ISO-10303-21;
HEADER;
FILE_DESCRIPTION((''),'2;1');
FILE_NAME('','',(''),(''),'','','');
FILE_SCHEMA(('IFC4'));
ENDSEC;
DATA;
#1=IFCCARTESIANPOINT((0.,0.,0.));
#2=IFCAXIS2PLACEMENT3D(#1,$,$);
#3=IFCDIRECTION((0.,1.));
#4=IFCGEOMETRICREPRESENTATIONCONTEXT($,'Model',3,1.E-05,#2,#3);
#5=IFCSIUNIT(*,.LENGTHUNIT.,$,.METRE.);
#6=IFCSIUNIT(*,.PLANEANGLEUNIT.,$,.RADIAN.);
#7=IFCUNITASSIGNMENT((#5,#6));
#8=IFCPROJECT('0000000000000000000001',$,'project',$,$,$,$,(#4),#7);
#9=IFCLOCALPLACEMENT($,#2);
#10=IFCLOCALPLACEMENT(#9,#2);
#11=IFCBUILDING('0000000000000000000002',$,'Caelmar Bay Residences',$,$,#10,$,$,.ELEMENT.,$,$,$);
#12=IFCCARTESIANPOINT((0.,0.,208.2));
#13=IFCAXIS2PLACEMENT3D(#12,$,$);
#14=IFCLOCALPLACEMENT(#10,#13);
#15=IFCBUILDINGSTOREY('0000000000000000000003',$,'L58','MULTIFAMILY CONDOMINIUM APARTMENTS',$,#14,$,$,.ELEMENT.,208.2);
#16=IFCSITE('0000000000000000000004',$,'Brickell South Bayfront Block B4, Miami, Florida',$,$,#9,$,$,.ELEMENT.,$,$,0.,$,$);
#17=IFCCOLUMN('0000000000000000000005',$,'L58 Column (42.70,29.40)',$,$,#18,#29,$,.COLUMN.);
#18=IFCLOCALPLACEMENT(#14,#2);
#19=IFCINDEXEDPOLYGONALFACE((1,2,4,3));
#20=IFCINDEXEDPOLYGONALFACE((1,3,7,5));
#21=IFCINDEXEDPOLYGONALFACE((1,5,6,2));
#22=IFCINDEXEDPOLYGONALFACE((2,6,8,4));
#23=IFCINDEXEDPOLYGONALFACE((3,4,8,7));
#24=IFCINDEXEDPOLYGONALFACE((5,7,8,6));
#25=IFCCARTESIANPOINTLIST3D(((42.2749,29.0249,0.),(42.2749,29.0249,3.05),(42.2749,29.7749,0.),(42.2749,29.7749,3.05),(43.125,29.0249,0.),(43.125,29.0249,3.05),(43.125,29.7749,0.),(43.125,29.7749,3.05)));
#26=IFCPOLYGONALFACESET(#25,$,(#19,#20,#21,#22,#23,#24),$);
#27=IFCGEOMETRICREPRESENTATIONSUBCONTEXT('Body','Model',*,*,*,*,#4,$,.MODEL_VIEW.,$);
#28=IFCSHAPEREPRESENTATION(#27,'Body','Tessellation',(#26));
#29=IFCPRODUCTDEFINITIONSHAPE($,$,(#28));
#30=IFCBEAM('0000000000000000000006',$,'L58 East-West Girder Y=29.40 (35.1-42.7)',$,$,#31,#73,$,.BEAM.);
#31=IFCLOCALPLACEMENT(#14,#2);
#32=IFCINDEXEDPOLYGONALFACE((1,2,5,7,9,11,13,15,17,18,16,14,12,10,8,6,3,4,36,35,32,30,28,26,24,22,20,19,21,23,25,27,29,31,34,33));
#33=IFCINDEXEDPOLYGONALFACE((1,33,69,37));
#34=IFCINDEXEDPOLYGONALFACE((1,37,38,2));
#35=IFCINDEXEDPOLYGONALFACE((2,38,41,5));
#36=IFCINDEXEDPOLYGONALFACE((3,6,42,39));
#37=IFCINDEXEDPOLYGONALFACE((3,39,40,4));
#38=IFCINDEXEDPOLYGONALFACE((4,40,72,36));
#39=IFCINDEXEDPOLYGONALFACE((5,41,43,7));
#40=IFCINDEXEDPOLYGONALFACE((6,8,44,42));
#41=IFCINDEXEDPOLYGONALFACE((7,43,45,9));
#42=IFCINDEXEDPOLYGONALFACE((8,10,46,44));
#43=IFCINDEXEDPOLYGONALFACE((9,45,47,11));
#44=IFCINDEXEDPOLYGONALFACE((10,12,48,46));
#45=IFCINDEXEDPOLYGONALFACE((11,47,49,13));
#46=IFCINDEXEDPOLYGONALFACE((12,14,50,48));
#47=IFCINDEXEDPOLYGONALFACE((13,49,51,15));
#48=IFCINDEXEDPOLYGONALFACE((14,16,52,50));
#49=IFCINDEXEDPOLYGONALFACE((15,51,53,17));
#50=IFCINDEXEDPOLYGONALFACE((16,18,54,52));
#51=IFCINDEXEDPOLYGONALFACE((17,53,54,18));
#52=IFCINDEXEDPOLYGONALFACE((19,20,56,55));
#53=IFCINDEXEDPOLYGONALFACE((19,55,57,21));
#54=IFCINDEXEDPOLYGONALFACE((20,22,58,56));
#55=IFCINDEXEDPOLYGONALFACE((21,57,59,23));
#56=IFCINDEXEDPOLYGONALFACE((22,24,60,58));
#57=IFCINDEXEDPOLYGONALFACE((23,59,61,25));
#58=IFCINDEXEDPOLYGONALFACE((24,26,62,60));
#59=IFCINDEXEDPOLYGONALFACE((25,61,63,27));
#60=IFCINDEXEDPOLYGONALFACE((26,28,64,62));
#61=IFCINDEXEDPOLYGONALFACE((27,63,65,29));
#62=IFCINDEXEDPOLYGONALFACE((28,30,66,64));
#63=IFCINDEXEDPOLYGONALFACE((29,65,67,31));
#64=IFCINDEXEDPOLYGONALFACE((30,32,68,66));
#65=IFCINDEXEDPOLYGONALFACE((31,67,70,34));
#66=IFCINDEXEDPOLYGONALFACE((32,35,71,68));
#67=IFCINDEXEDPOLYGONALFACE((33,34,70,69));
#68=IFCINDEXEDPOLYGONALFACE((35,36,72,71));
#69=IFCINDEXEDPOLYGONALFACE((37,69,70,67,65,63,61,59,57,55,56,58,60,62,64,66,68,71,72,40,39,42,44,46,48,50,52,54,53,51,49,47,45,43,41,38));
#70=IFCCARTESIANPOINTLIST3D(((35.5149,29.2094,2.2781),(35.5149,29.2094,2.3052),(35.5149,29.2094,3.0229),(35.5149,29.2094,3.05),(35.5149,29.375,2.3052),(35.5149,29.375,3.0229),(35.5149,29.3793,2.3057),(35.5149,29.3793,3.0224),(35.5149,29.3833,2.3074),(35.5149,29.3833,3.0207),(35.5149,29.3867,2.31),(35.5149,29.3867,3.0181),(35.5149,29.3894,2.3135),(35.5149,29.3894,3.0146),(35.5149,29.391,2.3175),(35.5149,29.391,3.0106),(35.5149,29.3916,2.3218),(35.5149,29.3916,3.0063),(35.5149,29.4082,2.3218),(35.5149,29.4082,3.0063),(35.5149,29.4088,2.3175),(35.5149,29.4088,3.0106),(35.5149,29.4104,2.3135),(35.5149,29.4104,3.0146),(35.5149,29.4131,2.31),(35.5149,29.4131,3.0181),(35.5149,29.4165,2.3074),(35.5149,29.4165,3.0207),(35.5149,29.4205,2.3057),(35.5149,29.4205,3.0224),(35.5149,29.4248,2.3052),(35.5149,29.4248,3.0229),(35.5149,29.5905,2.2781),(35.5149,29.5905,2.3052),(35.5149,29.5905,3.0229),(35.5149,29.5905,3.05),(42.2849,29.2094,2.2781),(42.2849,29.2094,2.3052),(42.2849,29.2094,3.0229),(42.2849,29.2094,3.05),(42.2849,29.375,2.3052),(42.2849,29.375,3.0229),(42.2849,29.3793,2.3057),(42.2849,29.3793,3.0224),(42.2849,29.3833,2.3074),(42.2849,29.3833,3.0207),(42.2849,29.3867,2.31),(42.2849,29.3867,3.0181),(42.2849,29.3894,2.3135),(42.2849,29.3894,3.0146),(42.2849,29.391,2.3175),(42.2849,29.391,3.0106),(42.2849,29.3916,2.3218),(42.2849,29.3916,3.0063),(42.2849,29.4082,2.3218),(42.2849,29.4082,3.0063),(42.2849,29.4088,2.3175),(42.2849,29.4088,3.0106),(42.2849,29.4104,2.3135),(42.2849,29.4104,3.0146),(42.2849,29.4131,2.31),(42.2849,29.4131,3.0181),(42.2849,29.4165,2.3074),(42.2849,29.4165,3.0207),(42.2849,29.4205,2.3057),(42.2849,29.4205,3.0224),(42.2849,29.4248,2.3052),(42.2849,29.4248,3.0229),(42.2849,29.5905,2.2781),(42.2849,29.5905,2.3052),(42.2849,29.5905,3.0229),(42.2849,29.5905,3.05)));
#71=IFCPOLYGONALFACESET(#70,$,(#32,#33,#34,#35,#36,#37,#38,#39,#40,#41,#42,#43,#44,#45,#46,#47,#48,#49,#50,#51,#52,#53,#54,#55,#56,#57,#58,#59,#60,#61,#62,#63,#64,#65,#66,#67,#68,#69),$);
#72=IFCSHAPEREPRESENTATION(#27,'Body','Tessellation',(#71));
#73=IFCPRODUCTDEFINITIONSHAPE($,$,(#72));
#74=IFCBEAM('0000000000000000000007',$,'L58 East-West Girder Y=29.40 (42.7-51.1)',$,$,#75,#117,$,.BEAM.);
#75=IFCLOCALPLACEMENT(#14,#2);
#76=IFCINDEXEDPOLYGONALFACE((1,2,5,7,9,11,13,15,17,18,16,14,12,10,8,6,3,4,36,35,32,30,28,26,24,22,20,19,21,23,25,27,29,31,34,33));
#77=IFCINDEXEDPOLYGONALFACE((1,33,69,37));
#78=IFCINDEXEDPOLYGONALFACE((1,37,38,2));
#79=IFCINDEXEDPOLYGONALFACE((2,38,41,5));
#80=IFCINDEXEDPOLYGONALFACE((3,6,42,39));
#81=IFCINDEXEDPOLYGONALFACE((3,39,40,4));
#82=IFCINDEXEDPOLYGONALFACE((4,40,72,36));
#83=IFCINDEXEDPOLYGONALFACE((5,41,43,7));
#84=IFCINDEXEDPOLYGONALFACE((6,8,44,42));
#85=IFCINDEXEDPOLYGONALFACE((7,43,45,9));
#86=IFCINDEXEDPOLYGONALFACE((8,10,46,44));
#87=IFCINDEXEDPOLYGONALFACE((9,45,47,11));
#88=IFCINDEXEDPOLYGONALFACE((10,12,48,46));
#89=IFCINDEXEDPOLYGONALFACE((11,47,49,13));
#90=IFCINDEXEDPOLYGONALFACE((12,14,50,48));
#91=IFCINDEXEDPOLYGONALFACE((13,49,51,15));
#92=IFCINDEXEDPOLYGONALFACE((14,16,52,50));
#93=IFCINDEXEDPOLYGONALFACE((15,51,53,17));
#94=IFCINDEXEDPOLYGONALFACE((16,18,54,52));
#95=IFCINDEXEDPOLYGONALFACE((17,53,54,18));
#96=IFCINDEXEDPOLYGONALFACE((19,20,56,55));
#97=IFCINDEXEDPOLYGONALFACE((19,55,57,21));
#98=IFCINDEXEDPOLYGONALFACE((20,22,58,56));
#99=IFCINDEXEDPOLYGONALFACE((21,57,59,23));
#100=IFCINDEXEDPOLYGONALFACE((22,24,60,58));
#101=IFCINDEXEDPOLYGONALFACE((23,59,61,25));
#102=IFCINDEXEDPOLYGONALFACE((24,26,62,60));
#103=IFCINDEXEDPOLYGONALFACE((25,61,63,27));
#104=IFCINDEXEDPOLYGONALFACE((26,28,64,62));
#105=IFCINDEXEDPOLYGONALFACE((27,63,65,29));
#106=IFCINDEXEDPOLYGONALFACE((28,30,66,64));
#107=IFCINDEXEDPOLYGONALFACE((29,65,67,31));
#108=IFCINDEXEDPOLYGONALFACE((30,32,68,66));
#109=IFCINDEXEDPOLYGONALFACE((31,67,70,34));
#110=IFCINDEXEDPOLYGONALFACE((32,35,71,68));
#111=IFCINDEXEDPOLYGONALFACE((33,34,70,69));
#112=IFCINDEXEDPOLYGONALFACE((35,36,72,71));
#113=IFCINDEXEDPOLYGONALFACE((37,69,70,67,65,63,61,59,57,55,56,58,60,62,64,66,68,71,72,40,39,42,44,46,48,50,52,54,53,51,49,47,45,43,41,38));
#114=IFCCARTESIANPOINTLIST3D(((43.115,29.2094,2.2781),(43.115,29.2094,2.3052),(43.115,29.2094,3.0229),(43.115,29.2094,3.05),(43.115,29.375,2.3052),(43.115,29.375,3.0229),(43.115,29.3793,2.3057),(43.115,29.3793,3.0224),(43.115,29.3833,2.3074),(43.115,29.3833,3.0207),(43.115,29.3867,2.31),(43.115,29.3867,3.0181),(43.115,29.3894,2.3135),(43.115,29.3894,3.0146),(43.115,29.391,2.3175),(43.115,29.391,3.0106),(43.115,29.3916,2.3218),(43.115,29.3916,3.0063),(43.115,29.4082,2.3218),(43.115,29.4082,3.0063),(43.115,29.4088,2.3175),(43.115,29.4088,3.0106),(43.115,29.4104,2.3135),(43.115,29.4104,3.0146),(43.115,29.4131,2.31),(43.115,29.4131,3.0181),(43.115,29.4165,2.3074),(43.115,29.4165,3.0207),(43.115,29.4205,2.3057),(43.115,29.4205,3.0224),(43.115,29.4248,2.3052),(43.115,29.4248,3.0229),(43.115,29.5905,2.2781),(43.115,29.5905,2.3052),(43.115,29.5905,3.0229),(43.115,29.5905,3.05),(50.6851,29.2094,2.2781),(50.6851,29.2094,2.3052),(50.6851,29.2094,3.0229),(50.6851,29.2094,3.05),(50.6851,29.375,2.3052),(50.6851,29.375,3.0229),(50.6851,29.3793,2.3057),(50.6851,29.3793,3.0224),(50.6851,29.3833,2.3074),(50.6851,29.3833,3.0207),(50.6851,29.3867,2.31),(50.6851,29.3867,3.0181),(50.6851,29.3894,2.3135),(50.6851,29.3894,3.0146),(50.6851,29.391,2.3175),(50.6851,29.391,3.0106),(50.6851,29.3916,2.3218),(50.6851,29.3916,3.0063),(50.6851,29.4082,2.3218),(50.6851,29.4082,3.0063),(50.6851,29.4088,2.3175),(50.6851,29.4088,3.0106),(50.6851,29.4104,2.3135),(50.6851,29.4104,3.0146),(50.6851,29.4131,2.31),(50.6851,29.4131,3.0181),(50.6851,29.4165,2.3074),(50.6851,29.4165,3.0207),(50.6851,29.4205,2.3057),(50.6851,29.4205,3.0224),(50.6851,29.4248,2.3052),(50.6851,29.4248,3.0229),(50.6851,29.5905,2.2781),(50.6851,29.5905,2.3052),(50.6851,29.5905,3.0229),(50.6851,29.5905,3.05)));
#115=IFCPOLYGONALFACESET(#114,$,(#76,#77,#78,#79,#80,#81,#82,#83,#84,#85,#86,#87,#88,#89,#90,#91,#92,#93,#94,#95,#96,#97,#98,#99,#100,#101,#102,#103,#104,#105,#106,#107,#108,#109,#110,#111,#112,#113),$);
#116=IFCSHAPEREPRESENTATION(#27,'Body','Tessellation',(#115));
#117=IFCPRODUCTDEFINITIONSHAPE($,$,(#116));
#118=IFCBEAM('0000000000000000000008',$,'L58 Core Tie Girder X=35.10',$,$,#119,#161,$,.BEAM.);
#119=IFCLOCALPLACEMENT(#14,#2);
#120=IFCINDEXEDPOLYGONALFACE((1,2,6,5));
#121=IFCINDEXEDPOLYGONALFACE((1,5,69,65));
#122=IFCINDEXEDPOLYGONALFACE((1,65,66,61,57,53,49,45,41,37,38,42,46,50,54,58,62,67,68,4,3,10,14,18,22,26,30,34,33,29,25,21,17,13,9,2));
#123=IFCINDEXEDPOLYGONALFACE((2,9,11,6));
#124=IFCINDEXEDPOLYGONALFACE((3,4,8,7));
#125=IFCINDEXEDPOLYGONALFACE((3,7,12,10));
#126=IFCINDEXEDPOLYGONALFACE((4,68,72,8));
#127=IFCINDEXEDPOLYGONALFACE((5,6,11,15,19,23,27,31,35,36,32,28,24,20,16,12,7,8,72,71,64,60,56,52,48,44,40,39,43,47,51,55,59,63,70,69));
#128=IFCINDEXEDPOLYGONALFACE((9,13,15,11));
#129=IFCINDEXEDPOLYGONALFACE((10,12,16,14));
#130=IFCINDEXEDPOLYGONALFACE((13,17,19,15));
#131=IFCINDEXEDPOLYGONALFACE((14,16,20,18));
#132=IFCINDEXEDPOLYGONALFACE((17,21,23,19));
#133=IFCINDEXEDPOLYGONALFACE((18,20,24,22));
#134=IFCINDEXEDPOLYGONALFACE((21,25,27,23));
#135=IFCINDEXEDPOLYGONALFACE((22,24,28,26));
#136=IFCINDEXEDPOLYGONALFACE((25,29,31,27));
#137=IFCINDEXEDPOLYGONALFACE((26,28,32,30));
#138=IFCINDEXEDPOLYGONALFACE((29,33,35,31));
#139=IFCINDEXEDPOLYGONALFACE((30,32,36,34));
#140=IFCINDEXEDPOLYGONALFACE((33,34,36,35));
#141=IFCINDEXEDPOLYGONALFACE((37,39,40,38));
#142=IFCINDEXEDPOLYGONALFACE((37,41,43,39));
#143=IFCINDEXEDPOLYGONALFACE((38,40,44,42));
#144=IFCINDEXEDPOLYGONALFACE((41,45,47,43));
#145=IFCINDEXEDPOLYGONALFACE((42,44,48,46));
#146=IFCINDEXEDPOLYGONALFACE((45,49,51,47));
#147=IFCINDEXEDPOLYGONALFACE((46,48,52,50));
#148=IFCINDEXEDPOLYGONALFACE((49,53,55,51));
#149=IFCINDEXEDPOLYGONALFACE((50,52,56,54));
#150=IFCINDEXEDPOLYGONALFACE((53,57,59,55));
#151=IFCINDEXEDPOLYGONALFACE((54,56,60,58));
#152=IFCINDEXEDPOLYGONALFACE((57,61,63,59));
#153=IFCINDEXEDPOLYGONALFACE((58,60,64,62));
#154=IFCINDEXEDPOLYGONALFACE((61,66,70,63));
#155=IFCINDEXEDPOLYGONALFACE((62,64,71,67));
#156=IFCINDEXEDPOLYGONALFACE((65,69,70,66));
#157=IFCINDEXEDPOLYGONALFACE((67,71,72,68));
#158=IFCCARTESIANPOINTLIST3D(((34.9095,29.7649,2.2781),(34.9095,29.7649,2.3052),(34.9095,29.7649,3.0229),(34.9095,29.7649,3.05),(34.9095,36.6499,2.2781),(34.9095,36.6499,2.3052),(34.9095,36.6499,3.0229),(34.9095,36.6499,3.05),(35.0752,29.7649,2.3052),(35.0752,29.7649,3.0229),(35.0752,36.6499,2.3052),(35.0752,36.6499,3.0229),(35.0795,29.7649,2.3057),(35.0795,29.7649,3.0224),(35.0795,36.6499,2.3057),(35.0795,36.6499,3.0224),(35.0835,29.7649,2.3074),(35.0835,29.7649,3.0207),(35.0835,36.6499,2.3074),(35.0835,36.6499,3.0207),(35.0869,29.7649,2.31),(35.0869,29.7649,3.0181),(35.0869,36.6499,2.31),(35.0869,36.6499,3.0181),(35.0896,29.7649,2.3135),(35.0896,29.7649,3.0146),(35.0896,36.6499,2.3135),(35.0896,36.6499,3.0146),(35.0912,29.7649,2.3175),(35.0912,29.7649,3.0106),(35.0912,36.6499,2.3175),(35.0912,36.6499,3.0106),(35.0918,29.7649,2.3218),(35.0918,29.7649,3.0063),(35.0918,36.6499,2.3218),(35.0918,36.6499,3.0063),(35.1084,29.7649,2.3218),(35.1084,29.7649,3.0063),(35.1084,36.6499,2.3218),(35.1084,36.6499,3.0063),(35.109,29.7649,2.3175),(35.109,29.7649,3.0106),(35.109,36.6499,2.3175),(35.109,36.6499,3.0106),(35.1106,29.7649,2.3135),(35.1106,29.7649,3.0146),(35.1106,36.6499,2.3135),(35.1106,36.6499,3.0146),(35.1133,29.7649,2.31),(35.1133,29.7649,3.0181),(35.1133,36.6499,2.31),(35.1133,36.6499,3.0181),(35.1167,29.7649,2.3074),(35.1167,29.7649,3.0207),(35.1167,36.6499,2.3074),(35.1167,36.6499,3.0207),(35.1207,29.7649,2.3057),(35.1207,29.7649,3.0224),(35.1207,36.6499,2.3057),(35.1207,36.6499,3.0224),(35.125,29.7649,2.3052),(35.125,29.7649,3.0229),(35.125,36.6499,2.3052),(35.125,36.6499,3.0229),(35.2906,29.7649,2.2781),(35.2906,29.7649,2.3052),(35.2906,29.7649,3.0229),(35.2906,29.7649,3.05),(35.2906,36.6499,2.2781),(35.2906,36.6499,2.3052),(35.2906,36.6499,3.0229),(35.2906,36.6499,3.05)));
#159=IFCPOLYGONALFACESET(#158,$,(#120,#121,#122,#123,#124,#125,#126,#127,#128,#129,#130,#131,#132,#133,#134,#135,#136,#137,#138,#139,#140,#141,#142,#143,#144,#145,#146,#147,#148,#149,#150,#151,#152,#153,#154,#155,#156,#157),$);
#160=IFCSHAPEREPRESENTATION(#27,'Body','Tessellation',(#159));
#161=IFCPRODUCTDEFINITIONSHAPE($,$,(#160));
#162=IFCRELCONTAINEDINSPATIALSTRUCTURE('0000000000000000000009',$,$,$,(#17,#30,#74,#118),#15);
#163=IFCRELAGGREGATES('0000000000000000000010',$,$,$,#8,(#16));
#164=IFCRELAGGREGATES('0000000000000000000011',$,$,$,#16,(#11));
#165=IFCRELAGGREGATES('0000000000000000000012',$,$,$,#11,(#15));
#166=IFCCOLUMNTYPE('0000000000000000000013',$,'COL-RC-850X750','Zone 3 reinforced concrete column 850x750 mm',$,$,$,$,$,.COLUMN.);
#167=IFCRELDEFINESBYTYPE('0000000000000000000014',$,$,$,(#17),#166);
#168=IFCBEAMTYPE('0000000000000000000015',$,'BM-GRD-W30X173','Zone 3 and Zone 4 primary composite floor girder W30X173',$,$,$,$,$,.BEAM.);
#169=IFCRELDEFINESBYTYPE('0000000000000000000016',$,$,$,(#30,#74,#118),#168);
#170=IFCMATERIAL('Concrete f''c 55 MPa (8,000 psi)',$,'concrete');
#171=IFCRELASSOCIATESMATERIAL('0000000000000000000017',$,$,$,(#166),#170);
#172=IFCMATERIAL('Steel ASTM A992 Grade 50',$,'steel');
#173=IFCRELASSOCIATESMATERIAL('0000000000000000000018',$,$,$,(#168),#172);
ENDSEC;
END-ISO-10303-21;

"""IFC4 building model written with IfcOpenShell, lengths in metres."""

from ifc_helpers import new_model, si_unit, direction, frame, origin, origin_2d, place, context, subcontext, project, spatial, rectangle, i_section, extrude, material, material_profile, profile_set, type_object, element, save


model = new_model("IFC4")

# Units and contexts
model_context = context("Model", 3, precision=1e-05, world=origin(), true_north=direction((0.0, 1.0)))
body_context = subcontext(model_context, "Body", "Model", "MODEL_VIEW")
ifc_project = project(units=[si_unit("LENGTHUNIT", "METRE"), si_unit("PLANEANGLEUNIT", "RADIAN")], contexts=[model_context])

# Site, building, storey
site_placement = place(None, origin())
site = spatial("IfcSite", under=ifc_project, at=site_placement, Name="Brickell South Bayfront Block B4, Miami, Florida", CompositionType="ELEMENT", RefElevation=0.0)
building_placement = place(site_placement, origin())
building = spatial("IfcBuilding", under=site, at=building_placement, Name="Caelmar Bay Residences", CompositionType="ELEMENT")
storey_placement = place(building_placement, frame((0.0, 0.0, 208.2)))
storey = spatial("IfcBuildingStorey", under=building, at=storey_placement, Name="L58", Description="MULTIFAMILY CONDOMINIUM APARTMENTS", CompositionType="ELEMENT", Elevation=208.2)

# Column
ifc_material_1 = material(Name="Concrete f'c 55 MPa (8,000 psi)", Category="concrete")
ifc_material_profile_1 = material_profile(ifc_material_1, rectangle(XDim=0.8501, YDim=0.75, at=origin_2d()), Name="RC-COL-850X750")
ifc_profile_set_1 = profile_set([ifc_material_profile_1], Name="Concrete f'c 55 MPa (8,000 psi)")
column_type = type_object("IfcColumnType", Name="COL-RC-850X750", Description="Zone 3 reinforced concrete column 850x750 mm", PredefinedType="COLUMN", material=ifc_profile_set_1)
column_placement = place(storey_placement, frame((42.7, 29.3999, 0.0), z_axis=(0.0, 0.0, 1.0), x_axis=(1.0, 0.0, 0.0)))
element("IfcColumn", 1, at=column_placement, inside=storey, type_object=column_type, Name="L58 Column (42.70,29.40)", PredefinedType="COLUMN", context=body_context, shape_type="SweptSolid", body=[
    extrude(rectangle(XDim=0.8501, YDim=0.75, at=origin_2d()), origin(), (0.0, 0.0, 1.0), 3.05),
])

# Beams
ifc_material_2 = material(Name="Steel ASTM A992 Grade 50", Category="steel")
ifc_material_profile_2 = material_profile(ifc_material_2, i_section(OverallWidth=0.3811, OverallDepth=0.772, WebThickness=0.0166, FlangeThickness=0.0271, FilletRadius=0.0166, at=origin_2d()), Name="W30X173")
ifc_profile_set_2 = profile_set([ifc_material_profile_2], Name="Steel ASTM A992 Grade 50")
beam_type_1 = type_object("IfcBeamType", Name="BM-GRD-W30X173", Description="Zone 3 and Zone 4 primary composite floor girder W30X173", PredefinedType="BEAM", material=ifc_profile_set_2)
beam_1_placement = place(storey_placement, frame((35.5149, 29.3999, 2.6641), z_axis=(1.0, 0.0, 0.0), x_axis=(0.0, 1.0, 0.0)))
element("IfcBeam", 2, at=beam_1_placement, inside=storey, type_object=beam_type_1, Name="L58 East-West Girder Y=29.40 (35.1-42.7)", PredefinedType="BEAM", context=body_context, shape_type="SweptSolid", body=[
    extrude(i_section(OverallWidth=0.3811, OverallDepth=0.772, WebThickness=0.0166, FlangeThickness=0.0271, FilletRadius=0.0166, at=origin_2d()), origin(), (0.0, 0.0, 1.0), 6.77),
])
beam_2_placement = place(storey_placement, frame((43.115, 29.3999, 2.6641), z_axis=(1.0, 0.0, 0.0), x_axis=(0.0, 1.0, 0.0)))
element("IfcBeam", 3, at=beam_2_placement, inside=storey, type_object=beam_type_1, Name="L58 East-West Girder Y=29.40 (42.7-51.1)", PredefinedType="BEAM", context=body_context, shape_type="SweptSolid", body=[
    extrude(i_section(OverallWidth=0.3811, OverallDepth=0.772, WebThickness=0.0166, FlangeThickness=0.0271, FilletRadius=0.0166, at=origin_2d()), origin(), (0.0, 0.0, 1.0), 7.5701),
])
beam_3_placement = place(storey_placement, frame((35.1001, 29.7649, 2.6641), z_axis=(0.0, 1.0, 0.0), x_axis=(-1.0, 0.0, 0.0)))
element("IfcBeam", 4, at=beam_3_placement, inside=storey, type_object=beam_type_1, Name="L58 Core Tie Girder X=35.10", PredefinedType="BEAM", context=body_context, shape_type="SweptSolid", body=[
    extrude(i_section(OverallWidth=0.3811, OverallDepth=0.772, WebThickness=0.0166, FlangeThickness=0.0271, FilletRadius=0.0166, at=origin_2d()), origin(), (0.0, 0.0, 1.0), 6.885),
])

save(model, "model.ifc")
